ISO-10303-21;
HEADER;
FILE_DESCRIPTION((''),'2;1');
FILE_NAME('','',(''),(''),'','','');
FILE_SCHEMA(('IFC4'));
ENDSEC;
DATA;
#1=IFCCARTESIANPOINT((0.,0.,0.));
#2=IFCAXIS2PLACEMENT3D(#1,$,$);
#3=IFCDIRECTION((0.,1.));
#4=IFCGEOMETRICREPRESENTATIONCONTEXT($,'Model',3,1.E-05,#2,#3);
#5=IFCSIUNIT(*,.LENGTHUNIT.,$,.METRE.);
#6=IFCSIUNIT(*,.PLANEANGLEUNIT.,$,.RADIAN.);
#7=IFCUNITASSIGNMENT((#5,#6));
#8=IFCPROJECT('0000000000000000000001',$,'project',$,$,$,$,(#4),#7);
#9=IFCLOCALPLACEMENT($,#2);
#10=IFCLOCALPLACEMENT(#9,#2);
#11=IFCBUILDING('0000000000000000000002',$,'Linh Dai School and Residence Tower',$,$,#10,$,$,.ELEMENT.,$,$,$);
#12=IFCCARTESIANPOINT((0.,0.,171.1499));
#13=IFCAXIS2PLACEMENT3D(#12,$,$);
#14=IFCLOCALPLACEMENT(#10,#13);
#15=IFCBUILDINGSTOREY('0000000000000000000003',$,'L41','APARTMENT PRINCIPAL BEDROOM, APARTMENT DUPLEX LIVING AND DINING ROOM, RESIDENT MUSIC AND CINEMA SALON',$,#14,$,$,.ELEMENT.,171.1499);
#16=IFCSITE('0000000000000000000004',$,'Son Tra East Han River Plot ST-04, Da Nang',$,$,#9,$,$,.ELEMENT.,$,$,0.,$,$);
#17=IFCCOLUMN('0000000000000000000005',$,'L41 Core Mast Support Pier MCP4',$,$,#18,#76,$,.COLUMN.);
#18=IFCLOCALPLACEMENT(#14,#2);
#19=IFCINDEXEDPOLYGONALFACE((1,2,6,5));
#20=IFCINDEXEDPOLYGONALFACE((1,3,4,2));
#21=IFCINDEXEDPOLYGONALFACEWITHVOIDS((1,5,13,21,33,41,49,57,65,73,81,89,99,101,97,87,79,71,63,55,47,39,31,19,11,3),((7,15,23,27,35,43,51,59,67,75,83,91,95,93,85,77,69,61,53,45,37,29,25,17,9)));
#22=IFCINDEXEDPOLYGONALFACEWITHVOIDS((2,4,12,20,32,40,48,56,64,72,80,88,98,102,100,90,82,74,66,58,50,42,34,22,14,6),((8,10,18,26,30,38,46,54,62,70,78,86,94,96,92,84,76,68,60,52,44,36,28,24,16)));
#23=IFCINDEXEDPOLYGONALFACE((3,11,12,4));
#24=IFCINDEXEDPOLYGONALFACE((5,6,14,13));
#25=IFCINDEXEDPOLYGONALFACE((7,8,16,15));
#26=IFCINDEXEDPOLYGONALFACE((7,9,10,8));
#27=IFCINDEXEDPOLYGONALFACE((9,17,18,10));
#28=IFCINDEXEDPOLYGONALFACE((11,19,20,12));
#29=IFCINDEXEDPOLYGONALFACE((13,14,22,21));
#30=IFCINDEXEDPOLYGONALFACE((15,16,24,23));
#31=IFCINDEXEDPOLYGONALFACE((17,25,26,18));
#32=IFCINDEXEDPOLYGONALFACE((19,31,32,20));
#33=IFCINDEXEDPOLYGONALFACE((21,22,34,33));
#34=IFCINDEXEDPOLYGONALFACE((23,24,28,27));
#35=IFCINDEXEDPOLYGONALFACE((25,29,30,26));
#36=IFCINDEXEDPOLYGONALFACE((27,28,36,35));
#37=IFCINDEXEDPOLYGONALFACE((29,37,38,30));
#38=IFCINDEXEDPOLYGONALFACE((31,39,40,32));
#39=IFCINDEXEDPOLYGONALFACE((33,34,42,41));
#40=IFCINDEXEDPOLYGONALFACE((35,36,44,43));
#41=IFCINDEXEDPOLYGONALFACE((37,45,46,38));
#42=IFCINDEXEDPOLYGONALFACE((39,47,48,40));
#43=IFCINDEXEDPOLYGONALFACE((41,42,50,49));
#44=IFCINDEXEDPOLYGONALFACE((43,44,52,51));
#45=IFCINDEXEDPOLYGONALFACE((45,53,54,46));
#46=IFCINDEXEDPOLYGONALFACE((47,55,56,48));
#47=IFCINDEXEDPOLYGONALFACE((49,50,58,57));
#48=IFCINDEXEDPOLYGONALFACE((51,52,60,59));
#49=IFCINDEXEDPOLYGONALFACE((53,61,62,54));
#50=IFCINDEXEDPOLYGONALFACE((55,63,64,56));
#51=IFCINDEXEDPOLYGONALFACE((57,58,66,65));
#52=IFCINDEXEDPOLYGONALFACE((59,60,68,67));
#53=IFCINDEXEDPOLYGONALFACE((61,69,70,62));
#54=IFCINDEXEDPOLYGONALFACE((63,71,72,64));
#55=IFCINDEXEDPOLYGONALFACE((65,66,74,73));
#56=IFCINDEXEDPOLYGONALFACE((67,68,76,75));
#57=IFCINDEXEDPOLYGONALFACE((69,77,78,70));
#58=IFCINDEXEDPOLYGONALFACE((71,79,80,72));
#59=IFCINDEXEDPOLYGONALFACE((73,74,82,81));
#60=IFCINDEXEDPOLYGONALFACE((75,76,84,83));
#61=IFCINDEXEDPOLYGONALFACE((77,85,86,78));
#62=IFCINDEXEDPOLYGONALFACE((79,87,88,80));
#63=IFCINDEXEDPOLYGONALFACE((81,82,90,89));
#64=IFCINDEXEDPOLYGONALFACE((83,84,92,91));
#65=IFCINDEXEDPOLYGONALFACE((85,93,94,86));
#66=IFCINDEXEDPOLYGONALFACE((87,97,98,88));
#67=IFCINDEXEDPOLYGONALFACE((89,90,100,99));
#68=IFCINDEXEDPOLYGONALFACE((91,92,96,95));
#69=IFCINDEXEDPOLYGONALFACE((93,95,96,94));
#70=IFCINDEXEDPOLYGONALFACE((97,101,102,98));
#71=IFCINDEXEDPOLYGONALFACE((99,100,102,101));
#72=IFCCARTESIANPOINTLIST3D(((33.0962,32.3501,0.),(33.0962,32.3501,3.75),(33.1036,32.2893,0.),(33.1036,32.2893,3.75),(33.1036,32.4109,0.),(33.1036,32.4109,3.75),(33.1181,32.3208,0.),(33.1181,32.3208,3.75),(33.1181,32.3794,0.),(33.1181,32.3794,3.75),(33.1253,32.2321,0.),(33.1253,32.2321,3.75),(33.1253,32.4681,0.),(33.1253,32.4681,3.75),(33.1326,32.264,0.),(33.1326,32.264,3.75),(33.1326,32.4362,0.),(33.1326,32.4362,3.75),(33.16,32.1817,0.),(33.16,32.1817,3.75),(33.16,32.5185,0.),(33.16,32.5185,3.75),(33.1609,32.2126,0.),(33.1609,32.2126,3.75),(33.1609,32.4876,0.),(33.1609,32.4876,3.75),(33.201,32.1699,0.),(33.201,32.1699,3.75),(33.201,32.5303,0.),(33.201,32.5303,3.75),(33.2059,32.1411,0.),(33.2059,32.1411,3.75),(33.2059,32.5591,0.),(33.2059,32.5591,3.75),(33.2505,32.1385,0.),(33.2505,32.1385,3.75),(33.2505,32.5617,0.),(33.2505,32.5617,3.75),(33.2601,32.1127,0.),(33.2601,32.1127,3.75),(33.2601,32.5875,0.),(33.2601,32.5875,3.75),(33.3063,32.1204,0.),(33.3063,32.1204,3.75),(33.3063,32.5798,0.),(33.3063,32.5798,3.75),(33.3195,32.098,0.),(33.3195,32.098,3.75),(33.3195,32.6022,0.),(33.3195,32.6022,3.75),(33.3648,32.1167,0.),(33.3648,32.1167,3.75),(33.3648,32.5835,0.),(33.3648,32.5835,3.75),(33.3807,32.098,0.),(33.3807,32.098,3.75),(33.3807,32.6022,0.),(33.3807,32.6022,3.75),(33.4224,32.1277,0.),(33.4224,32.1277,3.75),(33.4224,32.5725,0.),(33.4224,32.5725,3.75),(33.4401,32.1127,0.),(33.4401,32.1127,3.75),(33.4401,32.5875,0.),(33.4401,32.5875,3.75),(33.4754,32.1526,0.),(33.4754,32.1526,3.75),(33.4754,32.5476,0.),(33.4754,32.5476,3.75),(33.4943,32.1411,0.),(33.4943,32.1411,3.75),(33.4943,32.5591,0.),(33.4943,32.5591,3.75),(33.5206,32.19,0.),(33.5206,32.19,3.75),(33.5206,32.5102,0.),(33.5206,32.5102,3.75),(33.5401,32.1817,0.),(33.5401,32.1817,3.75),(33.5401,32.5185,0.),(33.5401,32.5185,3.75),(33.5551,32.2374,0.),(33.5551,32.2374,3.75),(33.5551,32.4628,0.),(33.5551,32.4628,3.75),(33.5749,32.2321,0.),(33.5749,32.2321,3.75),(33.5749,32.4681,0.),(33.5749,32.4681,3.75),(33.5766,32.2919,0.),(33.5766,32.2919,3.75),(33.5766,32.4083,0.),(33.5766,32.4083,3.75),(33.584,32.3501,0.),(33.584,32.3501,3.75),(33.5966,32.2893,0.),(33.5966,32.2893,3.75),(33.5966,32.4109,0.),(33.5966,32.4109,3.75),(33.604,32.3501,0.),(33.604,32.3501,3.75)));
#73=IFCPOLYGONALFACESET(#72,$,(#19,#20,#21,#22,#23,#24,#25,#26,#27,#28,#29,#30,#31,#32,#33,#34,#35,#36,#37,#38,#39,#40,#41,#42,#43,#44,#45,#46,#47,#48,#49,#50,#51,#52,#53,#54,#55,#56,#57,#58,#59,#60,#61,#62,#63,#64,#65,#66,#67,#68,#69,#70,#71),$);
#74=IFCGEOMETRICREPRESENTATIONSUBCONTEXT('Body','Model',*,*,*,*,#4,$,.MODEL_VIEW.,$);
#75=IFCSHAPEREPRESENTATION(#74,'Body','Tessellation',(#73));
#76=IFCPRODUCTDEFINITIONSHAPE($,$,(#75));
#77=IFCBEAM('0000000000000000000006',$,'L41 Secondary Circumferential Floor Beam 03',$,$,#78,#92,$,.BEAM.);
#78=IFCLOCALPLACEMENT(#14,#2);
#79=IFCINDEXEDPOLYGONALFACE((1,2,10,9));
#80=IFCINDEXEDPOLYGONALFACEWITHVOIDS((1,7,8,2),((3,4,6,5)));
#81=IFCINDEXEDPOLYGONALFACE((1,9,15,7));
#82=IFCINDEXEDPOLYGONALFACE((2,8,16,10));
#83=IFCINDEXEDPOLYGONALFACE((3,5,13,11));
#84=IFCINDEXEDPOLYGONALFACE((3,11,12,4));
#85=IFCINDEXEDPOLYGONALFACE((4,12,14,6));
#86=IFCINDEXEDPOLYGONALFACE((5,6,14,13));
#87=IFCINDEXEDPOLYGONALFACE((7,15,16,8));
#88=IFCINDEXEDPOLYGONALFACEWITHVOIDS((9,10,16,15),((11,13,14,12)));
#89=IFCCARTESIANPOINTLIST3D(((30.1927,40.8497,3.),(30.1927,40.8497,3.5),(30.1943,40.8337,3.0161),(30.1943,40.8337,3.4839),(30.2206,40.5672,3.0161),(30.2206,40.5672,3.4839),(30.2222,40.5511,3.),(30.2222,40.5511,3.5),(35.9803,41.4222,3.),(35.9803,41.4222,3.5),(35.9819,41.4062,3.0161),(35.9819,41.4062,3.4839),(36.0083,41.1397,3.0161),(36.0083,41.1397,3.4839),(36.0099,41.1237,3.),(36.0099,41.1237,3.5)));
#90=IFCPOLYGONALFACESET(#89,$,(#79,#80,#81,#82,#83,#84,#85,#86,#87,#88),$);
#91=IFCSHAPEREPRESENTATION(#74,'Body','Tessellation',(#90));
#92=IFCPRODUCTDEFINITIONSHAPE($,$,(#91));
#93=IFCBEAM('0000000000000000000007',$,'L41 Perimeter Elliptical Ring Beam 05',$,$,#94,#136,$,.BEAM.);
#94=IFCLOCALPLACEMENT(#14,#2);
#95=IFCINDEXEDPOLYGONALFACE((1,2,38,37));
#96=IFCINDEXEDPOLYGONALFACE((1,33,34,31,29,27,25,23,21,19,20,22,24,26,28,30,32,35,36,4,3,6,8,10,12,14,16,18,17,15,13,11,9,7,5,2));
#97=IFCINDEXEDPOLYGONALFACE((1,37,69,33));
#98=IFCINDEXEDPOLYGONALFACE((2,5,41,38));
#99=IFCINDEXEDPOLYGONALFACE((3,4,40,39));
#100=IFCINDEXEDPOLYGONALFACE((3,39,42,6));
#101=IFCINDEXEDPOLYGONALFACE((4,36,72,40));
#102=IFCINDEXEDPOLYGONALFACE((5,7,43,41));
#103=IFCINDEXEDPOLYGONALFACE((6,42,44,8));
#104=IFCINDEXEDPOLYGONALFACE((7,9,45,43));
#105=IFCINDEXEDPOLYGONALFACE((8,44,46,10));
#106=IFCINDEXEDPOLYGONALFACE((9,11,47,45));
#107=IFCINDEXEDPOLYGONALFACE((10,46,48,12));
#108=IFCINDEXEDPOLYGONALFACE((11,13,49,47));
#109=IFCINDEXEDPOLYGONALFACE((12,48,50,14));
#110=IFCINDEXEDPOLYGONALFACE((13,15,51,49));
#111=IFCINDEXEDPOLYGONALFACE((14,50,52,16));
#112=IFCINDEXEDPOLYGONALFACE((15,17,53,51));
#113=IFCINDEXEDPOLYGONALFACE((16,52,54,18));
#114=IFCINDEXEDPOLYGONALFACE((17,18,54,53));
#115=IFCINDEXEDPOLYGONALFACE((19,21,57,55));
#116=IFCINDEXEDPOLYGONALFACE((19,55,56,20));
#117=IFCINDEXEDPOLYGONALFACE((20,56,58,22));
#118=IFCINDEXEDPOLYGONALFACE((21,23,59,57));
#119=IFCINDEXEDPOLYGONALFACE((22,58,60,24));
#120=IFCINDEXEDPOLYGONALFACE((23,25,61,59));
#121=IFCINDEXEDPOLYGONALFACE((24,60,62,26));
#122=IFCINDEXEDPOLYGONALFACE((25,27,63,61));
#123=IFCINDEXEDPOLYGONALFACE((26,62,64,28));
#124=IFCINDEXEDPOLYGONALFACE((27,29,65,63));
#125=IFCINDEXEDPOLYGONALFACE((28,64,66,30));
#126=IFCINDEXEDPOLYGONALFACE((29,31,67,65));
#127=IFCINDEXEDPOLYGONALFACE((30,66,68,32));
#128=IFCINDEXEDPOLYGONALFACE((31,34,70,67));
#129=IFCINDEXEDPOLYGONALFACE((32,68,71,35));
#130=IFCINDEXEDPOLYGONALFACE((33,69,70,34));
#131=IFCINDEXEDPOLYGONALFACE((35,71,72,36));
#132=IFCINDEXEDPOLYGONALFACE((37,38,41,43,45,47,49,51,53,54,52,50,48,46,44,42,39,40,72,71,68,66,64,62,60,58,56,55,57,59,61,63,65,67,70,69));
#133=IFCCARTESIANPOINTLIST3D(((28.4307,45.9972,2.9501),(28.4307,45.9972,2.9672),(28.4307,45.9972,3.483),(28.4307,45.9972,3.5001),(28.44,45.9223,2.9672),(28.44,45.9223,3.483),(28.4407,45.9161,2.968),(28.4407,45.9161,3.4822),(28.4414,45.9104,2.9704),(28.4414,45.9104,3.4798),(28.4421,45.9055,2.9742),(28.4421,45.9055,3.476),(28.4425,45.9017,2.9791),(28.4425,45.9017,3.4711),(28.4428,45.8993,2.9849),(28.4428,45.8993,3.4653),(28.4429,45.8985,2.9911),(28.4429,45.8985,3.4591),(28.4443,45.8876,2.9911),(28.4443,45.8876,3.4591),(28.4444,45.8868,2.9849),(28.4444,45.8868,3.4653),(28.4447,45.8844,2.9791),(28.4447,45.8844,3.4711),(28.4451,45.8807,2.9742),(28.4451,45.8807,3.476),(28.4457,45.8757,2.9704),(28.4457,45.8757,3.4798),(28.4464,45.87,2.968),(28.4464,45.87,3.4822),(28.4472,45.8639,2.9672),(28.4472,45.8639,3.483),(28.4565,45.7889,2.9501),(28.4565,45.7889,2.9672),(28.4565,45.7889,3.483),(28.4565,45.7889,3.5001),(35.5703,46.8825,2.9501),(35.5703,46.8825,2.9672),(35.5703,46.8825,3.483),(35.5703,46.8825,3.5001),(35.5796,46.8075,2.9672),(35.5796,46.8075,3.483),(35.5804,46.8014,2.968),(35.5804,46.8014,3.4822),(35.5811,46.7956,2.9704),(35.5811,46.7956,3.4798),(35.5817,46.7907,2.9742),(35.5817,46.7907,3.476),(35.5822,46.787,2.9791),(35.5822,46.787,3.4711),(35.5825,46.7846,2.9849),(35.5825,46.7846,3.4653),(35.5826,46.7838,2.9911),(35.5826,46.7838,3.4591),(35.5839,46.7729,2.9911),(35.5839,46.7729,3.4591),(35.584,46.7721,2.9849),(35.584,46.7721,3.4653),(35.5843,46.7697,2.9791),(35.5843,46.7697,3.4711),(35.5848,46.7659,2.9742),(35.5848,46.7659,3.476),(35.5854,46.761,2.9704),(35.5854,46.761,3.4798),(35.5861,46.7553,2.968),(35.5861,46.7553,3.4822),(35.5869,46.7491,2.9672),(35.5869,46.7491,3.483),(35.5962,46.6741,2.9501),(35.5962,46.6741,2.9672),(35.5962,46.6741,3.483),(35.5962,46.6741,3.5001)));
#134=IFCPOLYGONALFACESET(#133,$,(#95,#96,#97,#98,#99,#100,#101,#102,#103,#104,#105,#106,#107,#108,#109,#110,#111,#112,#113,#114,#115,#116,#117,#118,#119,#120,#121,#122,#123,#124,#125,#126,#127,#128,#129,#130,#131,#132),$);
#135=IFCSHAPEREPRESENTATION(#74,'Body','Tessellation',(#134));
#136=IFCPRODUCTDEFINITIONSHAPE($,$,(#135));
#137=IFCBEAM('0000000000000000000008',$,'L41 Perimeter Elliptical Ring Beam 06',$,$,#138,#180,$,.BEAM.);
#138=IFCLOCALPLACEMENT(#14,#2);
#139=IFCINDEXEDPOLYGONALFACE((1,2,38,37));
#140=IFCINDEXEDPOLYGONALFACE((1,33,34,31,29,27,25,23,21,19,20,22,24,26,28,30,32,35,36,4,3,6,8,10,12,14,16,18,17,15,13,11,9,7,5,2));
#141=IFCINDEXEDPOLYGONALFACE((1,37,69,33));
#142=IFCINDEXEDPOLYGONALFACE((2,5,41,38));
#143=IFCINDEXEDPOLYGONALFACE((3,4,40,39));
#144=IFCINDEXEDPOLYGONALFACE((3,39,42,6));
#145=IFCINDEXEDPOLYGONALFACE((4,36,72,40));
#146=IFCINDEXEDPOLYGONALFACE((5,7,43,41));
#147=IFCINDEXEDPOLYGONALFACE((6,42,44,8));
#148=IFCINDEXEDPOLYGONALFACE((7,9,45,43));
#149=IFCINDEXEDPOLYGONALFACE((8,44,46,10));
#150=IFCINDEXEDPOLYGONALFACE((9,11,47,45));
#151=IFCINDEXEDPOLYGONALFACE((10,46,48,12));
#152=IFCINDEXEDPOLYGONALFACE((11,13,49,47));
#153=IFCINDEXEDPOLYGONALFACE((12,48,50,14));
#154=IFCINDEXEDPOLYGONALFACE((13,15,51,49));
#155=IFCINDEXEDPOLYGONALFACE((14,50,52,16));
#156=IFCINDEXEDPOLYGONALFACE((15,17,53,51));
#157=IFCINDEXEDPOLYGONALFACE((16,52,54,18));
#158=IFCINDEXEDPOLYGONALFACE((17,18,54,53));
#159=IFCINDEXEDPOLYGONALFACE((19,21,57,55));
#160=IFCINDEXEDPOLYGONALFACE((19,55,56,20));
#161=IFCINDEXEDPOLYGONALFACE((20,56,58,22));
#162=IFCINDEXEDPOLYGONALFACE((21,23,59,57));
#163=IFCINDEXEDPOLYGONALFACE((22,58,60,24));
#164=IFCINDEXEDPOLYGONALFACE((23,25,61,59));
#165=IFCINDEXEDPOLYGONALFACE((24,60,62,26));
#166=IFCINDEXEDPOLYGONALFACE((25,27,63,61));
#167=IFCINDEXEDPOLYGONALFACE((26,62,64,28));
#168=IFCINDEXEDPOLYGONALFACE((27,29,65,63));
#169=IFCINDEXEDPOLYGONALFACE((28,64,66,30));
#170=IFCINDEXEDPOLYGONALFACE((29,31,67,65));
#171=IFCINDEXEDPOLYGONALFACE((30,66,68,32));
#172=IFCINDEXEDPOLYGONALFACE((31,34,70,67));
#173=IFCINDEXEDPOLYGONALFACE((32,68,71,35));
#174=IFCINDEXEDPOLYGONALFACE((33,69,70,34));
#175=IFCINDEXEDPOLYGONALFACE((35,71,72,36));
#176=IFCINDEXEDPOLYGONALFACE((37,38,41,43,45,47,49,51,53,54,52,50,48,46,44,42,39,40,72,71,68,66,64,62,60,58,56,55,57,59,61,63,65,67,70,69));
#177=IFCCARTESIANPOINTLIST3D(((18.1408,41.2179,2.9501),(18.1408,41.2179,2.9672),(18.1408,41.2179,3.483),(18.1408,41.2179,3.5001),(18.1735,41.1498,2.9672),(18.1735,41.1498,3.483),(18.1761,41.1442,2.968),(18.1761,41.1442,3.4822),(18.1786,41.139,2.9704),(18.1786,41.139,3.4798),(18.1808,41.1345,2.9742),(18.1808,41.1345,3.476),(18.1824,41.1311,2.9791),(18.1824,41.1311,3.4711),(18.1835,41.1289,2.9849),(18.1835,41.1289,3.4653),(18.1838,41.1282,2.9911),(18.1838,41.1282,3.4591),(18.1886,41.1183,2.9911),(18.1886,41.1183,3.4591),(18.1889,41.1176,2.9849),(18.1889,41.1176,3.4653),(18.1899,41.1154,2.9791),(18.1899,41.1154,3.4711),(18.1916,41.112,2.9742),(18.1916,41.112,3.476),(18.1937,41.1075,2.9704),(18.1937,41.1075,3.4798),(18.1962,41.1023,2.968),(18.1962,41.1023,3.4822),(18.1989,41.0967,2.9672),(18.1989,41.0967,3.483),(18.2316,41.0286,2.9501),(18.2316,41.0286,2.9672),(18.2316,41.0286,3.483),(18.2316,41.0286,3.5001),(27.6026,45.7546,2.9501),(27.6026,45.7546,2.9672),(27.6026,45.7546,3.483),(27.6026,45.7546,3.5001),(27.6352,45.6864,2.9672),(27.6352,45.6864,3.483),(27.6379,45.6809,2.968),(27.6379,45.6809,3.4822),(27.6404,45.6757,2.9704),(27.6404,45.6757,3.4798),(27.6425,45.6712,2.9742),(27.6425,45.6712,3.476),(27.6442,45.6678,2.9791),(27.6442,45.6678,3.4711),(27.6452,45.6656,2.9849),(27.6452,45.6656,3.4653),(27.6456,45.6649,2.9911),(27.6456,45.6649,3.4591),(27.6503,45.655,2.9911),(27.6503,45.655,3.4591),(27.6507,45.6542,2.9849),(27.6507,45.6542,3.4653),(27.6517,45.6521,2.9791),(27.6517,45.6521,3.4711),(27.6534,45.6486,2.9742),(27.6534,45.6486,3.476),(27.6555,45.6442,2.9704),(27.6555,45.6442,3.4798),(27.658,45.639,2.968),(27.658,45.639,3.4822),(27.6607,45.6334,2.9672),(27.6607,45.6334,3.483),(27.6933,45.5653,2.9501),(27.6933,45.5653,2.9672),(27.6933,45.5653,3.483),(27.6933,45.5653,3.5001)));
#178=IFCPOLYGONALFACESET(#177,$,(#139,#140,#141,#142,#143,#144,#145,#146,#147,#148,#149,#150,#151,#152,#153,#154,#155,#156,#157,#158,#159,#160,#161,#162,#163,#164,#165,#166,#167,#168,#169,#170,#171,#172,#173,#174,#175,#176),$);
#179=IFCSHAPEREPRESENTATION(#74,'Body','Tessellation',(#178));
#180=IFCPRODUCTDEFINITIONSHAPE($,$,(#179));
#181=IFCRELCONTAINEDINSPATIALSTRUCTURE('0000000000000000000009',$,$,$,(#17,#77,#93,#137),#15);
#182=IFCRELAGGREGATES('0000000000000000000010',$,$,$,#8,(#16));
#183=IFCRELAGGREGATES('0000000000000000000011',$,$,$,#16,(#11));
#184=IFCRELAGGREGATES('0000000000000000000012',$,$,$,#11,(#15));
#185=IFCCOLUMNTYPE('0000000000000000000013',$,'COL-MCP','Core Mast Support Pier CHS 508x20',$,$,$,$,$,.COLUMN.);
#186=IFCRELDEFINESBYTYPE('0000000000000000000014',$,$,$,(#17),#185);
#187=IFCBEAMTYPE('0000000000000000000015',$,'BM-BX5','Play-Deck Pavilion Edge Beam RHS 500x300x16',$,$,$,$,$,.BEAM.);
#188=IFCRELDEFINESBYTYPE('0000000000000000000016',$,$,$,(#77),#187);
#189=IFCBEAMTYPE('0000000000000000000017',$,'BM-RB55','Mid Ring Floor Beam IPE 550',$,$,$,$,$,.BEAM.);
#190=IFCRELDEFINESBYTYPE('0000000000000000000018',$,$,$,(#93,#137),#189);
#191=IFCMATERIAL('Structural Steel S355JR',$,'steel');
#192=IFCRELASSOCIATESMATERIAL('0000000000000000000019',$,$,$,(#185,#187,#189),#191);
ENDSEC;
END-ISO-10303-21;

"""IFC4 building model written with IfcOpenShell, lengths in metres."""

from ifc_helpers import new_model, si_unit, direction, frame, origin, origin_2d, place, context, subcontext, project, spatial, hollow_rectangle, hollow_circle, i_section, extrude, material, material_profile, profile_set, type_object, element, save


model = new_model("IFC4")

# Units and contexts
model_context = context("Model", 3, precision=1e-05, world=origin(), true_north=direction((0.0, 1.0)))
body_context = subcontext(model_context, "Body", "Model", "MODEL_VIEW")
ifc_project = project(units=[si_unit("LENGTHUNIT", "METRE"), si_unit("PLANEANGLEUNIT", "RADIAN")], contexts=[model_context])

# Site, building, storey
site_placement = place(None, origin())
site = spatial("IfcSite", under=ifc_project, at=site_placement, Name="Son Tra East Han River Plot ST-04, Da Nang", CompositionType="ELEMENT", RefElevation=0.0)
building_placement = place(site_placement, origin())
building = spatial("IfcBuilding", under=site, at=building_placement, Name="Linh Dai School and Residence Tower", CompositionType="ELEMENT")
storey_placement = place(building_placement, frame((0.0, 0.0, 171.1499)))
storey = spatial("IfcBuildingStorey", under=building, at=storey_placement, Name="L41", Description="APARTMENT PRINCIPAL BEDROOM, APARTMENT DUPLEX LIVING AND DINING ROOM, RESIDENT MUSIC AND CINEMA SALON", CompositionType="ELEMENT", Elevation=171.1499)

# Column
ifc_material_1 = material(Name="Structural Steel S355JR", Category="steel")
ifc_material_profile_1 = material_profile(ifc_material_1, hollow_circle(Radius=0.2539, WallThickness=0.02, at=origin_2d()), Name="CHS 508x20")
ifc_profile_set_1 = profile_set([ifc_material_profile_1], Name="Structural Steel S355JR")
column_type_1 = type_object("IfcColumnType", Name="COL-MCP", Description="Core Mast Support Pier CHS 508x20", PredefinedType="COLUMN", material=ifc_profile_set_1)
column_1_placement = place(storey_placement, frame((33.3501, 32.3501, 0.0), z_axis=(0.0, 0.0, 1.0), x_axis=(1.0, 0.0, 0.0)))
element("IfcColumn", 1, at=column_1_placement, inside=storey, type_object=column_type_1, Name="L41 Core Mast Support Pier MCP4", PredefinedType="COLUMN", context=body_context, shape_type="SweptSolid", body=[
    extrude(hollow_circle(Radius=0.2539, WallThickness=0.02, at=origin_2d()), origin(), (0.0, 0.0, 1.0), 3.75),
])

# Beams
ifc_material_profile_2 = material_profile(ifc_material_1, hollow_rectangle(XDim=0.3, YDim=0.5, WallThickness=0.0161, at=origin_2d()), Name="RHS 500x300x16")
ifc_profile_set_2 = profile_set([ifc_material_profile_2], Name="Structural Steel S355JR")
beam_type_1 = type_object("IfcBeamType", Name="BM-BX5", Description="Play-Deck Pavilion Edge Beam RHS 500x300x16", PredefinedType="BEAM", material=ifc_profile_set_2)
beam_1_placement = place(storey_placement, frame((35.9951, 41.2729, 3.25), z_axis=(-0.995143, -0.09844, 0.0), x_axis=(0.09844, -0.995143, 0.0)))
element("IfcBeam", 2, at=beam_1_placement, inside=storey, type_object=beam_type_1, Name="L41 Secondary Circumferential Floor Beam 03", PredefinedType="BEAM", context=body_context, shape_type="SweptSolid", body=[
    extrude(hollow_rectangle(XDim=0.3, YDim=0.5, WallThickness=0.0161, at=origin_2d()), origin(), (0.0, 0.0, 1.0), 5.8159),
])
ifc_material_profile_3 = material_profile(ifc_material_1, i_section(OverallWidth=0.21, OverallDepth=0.55, WebThickness=0.011, FlangeThickness=0.0171, FilletRadius=0.0239, at=origin_2d()), Name="IPE 550")
ifc_profile_set_3 = profile_set([ifc_material_profile_3], Name="Structural Steel S355JR")
beam_type_2 = type_object("IfcBeamType", Name="BM-RB55", Description="Mid Ring Floor Beam IPE 550", PredefinedType="BEAM", material=ifc_profile_set_3)
beam_2_placement = place(storey_placement, frame((35.5833, 46.7783, 3.2251), z_axis=(-0.992401, -0.123049, 0.0), x_axis=(0.123049, -0.992401, 0.0)))
element("IfcBeam", 3, at=beam_2_placement, inside=storey, type_object=beam_type_2, Name="L41 Perimeter Elliptical Ring Beam 05", PredefinedType="BEAM", context=body_context, shape_type="SweptSolid", body=[
    extrude(i_section(OverallWidth=0.21, OverallDepth=0.55, WebThickness=0.011, FlangeThickness=0.0171, FilletRadius=0.0239, at=origin_2d()), origin(), (0.0, 0.0, 1.0), 7.1943),
])
beam_3_placement = place(storey_placement, frame((27.6479, 45.6599, 3.2251), z_axis=(-0.901708, -0.432345, 0.0), x_axis=(0.432345, -0.901708, 0.0)))
element("IfcBeam", 4, at=beam_3_placement, inside=storey, type_object=beam_type_2, Name="L41 Perimeter Elliptical Ring Beam 06", PredefinedType="BEAM", context=body_context, shape_type="SweptSolid", body=[
    extrude(i_section(OverallWidth=0.21, OverallDepth=0.55, WebThickness=0.011, FlangeThickness=0.0171, FilletRadius=0.0239, at=origin_2d()), origin(), (0.0, 0.0, 1.0), 10.4932),
])

save(model, "model.ifc")
